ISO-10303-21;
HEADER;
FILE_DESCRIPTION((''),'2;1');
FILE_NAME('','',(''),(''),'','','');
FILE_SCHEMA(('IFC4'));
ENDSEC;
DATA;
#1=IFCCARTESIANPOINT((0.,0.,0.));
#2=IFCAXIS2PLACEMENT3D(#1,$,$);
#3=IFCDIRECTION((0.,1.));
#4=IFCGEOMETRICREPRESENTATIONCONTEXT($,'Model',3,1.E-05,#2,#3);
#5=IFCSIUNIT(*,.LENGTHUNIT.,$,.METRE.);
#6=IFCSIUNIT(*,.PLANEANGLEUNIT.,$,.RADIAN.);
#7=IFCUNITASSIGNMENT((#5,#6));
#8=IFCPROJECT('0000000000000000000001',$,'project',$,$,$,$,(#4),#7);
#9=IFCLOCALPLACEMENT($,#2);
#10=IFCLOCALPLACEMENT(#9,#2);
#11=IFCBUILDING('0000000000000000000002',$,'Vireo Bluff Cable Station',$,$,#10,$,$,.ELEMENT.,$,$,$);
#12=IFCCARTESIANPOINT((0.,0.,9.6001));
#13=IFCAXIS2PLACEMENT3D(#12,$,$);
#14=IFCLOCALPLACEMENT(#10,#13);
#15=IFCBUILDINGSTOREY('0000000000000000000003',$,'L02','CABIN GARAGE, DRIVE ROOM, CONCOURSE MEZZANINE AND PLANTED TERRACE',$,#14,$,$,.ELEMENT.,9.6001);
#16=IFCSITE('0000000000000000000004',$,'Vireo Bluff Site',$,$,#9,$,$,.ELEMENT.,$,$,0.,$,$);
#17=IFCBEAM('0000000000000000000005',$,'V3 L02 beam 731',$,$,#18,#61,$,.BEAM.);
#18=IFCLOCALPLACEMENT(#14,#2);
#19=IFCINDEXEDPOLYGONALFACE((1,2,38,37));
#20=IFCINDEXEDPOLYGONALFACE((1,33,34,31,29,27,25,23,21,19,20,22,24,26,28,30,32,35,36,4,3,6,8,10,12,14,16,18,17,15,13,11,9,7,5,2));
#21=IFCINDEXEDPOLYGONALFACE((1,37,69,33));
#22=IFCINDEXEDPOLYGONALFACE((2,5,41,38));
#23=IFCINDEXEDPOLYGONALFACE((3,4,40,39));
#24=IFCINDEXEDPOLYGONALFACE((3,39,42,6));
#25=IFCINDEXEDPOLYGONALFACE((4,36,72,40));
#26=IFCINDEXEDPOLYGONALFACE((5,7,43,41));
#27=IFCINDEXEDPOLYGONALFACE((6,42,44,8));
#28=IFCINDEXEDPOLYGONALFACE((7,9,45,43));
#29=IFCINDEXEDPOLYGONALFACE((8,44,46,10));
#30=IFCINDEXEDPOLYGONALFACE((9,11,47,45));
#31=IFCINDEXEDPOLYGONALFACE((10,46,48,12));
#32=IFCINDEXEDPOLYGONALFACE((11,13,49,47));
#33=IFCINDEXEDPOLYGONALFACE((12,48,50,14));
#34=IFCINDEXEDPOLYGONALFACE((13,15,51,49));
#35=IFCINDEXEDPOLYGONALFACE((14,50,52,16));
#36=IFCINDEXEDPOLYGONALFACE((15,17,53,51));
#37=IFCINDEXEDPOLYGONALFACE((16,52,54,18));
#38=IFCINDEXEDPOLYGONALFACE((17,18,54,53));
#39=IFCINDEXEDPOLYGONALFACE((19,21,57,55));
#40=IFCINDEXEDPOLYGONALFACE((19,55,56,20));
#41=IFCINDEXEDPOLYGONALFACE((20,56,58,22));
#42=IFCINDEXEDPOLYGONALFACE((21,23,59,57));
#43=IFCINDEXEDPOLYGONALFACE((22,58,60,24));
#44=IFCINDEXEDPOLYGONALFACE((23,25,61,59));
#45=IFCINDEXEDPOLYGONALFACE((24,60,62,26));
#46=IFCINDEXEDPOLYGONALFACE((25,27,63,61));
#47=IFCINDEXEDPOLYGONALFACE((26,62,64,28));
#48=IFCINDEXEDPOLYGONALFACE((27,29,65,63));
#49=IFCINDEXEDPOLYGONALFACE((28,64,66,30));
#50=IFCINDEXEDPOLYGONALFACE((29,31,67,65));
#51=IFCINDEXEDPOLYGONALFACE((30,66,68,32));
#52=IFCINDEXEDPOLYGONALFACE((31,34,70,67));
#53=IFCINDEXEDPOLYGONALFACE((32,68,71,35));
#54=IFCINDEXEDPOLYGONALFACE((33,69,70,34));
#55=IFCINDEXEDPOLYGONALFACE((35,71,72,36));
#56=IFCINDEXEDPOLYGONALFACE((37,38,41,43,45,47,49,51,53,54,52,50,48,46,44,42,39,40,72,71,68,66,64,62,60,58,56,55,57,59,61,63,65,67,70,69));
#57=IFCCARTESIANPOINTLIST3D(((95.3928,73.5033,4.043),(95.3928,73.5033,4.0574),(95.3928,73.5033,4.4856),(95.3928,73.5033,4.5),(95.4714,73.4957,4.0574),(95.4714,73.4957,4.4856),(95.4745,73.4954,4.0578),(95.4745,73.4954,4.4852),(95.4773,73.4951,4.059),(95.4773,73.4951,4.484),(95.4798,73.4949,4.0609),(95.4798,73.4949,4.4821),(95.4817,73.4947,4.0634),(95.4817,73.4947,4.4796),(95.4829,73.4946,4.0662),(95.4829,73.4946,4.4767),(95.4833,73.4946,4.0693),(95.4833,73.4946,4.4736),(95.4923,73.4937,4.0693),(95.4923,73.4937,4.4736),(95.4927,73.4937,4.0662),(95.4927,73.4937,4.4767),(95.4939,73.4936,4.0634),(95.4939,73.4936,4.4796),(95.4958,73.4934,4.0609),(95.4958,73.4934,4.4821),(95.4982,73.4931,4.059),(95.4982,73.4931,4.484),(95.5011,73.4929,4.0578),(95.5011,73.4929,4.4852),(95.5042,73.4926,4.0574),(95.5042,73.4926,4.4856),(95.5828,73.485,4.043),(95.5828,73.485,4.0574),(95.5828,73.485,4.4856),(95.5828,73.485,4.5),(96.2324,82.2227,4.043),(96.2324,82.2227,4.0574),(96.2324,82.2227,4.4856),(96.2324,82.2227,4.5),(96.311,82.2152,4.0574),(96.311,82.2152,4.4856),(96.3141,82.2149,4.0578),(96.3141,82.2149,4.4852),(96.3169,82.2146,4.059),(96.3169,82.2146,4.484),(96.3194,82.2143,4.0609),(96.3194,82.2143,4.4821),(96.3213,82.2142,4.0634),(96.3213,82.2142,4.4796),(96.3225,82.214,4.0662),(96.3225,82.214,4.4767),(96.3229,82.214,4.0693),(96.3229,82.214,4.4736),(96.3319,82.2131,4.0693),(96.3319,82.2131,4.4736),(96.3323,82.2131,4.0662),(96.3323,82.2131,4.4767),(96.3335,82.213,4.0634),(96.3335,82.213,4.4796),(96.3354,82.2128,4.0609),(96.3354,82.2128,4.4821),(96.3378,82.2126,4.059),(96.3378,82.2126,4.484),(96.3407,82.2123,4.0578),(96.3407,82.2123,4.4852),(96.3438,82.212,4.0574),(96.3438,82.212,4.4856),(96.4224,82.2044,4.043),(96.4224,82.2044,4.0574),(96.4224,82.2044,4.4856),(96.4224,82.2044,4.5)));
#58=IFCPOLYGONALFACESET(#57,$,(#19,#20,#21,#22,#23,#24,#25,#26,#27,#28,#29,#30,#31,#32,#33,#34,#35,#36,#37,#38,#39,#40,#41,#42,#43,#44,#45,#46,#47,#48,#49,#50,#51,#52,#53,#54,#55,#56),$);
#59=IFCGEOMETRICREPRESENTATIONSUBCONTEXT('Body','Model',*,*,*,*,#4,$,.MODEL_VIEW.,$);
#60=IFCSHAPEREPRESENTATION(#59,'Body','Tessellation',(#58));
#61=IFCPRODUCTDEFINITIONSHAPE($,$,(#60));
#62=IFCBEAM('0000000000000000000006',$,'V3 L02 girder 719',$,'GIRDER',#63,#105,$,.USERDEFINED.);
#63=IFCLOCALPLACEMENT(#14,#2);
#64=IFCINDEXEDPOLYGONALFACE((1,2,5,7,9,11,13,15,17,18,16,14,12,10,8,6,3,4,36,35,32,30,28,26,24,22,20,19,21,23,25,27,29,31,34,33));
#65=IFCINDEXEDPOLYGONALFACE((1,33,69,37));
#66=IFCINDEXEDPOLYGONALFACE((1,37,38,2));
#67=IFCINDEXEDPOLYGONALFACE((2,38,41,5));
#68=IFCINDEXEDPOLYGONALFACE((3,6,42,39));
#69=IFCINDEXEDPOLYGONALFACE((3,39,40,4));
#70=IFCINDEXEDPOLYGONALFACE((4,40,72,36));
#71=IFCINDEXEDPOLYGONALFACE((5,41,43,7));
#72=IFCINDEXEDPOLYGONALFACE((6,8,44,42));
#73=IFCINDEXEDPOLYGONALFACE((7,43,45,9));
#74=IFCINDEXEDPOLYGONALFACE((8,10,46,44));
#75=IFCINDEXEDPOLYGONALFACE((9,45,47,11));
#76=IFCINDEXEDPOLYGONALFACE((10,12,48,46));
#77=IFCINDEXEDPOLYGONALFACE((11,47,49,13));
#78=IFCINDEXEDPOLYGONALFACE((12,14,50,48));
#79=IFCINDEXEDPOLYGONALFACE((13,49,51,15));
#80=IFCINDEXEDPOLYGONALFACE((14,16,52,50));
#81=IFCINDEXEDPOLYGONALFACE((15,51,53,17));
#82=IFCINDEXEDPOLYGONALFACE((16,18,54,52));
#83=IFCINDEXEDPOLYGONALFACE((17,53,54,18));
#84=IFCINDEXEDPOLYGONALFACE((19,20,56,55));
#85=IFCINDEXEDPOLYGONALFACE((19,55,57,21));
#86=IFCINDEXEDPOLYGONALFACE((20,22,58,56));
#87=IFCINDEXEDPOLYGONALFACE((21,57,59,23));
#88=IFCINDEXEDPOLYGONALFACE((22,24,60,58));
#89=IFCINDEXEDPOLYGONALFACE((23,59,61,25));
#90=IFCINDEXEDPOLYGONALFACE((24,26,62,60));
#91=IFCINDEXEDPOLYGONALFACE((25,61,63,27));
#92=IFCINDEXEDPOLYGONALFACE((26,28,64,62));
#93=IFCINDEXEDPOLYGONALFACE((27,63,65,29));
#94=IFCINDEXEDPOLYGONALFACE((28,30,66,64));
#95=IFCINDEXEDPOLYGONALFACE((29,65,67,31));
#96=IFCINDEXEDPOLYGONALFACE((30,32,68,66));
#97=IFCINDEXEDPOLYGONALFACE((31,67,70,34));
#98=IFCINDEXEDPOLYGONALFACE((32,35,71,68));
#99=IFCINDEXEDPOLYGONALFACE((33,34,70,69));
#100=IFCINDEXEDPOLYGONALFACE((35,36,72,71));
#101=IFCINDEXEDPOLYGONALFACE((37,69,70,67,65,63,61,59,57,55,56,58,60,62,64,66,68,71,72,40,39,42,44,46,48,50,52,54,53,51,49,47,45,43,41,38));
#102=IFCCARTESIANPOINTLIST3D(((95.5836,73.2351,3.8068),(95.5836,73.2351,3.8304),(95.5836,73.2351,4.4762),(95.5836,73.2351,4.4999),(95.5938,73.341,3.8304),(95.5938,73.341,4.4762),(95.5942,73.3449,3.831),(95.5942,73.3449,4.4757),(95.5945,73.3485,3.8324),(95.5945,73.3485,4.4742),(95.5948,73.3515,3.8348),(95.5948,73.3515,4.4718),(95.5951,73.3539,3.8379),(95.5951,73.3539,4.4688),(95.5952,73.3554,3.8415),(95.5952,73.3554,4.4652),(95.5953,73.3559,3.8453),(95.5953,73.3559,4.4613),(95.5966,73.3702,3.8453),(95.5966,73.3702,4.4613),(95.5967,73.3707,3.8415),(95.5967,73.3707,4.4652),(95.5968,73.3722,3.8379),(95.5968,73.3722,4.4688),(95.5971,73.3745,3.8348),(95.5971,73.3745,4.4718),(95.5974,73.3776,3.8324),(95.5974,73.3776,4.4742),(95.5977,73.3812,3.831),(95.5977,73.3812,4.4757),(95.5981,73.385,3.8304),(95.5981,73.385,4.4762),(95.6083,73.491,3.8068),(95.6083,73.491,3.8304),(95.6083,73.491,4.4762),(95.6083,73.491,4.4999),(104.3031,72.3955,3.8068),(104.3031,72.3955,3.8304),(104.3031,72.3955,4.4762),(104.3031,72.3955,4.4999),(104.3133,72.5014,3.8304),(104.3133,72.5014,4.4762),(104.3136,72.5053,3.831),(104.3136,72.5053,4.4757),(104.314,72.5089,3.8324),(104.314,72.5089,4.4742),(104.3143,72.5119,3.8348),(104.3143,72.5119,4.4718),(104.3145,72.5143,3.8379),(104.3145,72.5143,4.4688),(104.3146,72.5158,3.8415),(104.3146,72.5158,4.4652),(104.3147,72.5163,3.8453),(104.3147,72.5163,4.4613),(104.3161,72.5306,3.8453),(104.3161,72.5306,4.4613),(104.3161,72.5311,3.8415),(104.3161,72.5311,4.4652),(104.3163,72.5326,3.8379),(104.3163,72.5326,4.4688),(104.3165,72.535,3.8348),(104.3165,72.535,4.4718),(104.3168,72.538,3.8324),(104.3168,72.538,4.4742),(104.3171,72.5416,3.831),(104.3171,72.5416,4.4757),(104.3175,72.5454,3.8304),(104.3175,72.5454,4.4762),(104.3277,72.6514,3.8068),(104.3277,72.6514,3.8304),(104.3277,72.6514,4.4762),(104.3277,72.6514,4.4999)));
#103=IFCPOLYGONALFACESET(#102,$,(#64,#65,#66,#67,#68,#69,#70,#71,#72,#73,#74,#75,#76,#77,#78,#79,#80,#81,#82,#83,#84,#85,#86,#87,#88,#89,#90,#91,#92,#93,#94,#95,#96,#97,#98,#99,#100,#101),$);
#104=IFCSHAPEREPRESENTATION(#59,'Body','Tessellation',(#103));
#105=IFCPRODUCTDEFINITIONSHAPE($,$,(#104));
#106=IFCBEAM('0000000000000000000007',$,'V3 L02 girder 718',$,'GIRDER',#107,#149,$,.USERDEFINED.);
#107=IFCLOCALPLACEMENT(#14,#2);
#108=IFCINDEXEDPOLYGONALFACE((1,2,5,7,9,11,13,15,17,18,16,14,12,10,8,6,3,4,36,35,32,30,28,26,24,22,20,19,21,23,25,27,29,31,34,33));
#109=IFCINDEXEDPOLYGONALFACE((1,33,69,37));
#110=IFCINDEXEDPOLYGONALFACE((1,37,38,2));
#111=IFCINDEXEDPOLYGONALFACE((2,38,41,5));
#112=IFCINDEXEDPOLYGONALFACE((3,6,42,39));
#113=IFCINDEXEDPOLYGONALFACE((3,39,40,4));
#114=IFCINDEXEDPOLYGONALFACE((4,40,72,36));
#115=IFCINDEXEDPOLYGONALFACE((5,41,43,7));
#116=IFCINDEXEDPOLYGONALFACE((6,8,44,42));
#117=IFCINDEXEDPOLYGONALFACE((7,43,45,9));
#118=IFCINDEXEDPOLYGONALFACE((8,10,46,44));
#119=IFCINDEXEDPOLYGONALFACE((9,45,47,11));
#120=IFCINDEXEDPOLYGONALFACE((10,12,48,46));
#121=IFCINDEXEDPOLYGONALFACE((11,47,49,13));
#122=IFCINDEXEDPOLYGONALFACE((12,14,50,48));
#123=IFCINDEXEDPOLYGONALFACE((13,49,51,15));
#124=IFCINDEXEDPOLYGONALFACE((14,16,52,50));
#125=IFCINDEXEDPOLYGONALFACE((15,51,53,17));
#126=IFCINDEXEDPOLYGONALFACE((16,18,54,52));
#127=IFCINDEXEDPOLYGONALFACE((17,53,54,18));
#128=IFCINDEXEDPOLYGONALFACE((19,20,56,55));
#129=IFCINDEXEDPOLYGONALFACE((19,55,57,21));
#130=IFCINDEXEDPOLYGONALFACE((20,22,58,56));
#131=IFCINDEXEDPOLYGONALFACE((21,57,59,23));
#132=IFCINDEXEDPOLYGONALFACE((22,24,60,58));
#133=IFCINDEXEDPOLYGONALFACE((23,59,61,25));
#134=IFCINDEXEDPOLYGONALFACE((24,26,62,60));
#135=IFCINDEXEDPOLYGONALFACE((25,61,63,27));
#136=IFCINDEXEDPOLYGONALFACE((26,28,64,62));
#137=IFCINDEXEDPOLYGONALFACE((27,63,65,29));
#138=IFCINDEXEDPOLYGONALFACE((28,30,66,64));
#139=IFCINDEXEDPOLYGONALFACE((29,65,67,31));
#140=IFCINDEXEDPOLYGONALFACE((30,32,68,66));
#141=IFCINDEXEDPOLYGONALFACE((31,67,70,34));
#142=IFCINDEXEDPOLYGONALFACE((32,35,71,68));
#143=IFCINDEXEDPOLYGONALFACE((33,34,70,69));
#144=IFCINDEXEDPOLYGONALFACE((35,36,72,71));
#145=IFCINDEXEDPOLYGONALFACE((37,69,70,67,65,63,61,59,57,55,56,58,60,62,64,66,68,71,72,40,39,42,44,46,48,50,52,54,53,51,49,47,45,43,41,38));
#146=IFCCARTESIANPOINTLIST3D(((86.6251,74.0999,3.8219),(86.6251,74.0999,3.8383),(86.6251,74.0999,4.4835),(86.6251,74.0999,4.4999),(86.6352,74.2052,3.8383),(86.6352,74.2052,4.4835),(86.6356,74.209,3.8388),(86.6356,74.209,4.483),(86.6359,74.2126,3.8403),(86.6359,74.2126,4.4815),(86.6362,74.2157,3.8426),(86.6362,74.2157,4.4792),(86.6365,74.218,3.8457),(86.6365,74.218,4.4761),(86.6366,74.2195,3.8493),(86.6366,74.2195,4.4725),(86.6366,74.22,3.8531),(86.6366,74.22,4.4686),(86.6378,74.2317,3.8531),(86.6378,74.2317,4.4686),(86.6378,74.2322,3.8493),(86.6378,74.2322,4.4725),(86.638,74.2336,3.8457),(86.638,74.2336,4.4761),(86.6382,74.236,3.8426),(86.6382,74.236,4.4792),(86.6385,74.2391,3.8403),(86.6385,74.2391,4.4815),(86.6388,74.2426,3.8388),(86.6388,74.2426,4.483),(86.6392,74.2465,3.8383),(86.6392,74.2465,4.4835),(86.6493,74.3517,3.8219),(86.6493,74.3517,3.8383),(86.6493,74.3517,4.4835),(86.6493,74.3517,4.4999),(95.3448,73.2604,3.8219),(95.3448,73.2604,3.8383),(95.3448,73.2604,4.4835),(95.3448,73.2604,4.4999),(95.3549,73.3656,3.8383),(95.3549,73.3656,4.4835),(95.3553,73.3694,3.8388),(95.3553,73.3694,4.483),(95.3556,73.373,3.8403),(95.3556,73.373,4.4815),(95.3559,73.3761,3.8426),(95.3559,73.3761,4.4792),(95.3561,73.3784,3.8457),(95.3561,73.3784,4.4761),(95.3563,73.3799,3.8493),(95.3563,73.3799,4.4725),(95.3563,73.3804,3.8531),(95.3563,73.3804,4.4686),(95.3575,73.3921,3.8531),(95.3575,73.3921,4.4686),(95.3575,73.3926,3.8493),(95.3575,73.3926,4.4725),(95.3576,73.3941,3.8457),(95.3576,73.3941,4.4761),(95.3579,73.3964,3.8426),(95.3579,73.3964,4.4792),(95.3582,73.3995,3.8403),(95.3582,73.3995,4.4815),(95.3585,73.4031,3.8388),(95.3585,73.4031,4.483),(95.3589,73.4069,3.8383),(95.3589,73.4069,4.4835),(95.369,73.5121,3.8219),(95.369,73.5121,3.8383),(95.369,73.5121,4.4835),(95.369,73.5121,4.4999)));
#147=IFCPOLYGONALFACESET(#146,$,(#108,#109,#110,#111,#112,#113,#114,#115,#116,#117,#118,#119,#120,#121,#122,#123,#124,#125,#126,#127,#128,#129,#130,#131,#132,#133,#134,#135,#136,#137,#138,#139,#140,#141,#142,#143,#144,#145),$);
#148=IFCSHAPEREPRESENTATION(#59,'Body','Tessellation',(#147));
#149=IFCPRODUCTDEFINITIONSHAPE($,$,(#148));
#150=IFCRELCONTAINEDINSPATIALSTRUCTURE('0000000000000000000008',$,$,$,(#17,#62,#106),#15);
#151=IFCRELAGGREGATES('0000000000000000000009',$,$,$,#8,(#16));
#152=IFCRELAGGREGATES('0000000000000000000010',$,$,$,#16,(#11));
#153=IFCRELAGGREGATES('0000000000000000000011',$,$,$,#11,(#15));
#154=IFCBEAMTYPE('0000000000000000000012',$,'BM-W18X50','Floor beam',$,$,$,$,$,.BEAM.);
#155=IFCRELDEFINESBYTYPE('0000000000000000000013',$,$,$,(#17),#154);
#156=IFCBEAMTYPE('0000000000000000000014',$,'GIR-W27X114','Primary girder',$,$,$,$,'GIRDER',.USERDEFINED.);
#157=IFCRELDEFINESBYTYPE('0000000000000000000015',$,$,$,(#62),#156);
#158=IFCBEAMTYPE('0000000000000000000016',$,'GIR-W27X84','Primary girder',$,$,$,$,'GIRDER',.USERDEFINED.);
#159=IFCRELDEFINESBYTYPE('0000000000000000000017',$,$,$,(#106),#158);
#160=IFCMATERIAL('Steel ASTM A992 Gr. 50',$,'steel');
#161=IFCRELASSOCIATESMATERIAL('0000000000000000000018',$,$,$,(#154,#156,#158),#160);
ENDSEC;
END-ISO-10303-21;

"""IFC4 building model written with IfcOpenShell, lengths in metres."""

from ifc_helpers import new_model, si_unit, direction, frame, origin, origin_2d, place, context, subcontext, project, spatial, i_section, extrude, material, material_profile, profile_set, type_object, element, save


model = new_model("IFC4")

# Units and contexts
model_context = context("Model", 3, precision=1e-05, world=origin(), true_north=direction((0.0, 1.0)))
body_context = subcontext(model_context, "Body", "Model", "MODEL_VIEW")
ifc_project = project(units=[si_unit("LENGTHUNIT", "METRE"), si_unit("PLANEANGLEUNIT", "RADIAN")], contexts=[model_context])

# Site, building, storey
site_placement = place(None, origin())
site = spatial("IfcSite", under=ifc_project, at=site_placement, Name="Vireo Bluff Site", CompositionType="ELEMENT", RefElevation=0.0)
building_placement = place(site_placement, origin())
building = spatial("IfcBuilding", under=site, at=building_placement, Name="Vireo Bluff Cable Station", CompositionType="ELEMENT")
storey_placement = place(building_placement, frame((0.0, 0.0, 9.6001)))
storey = spatial("IfcBuildingStorey", under=building, at=storey_placement, Name="L02", Description="CABIN GARAGE, DRIVE ROOM, CONCOURSE MEZZANINE AND PLANTED TERRACE", CompositionType="ELEMENT", Elevation=9.6001)

# Shared definitions
ifc_material_1 = material(Name="Steel ASTM A992 Gr. 50", Category="steel")

# Beams
ifc_material_profile_1 = material_profile(ifc_material_1, i_section(OverallWidth=0.1909, OverallDepth=0.457, WebThickness=0.009, FlangeThickness=0.0144, FilletRadius=0.012, at=origin_2d()), Name="W18X50")
ifc_profile_set_1 = profile_set([ifc_material_profile_1], Name="Steel ASTM A992 Gr. 50")
beam_type_1 = type_object("IfcBeamType", Name="BM-W18X50", Description="Floor beam", PredefinedType="BEAM", material=ifc_profile_set_1)
beam_1_placement = place(storey_placement, frame((95.4878, 73.4941, 4.2715), z_axis=(0.095847, 0.995396, 0.0), x_axis=(-0.995396, 0.095847, 0.0)))
element("IfcBeam", 1, at=beam_1_placement, inside=storey, type_object=beam_type_1, Name="V3 L02 beam 731", PredefinedType="BEAM", context=body_context, shape_type="SweptSolid", body=[
    extrude(i_section(OverallWidth=0.1909, OverallDepth=0.457, WebThickness=0.009, FlangeThickness=0.0144, FilletRadius=0.012, at=origin_2d()), origin(), (0.0, 0.0, 1.0), 8.7598),
])
ifc_material_profile_2 = material_profile(ifc_material_1, i_section(OverallWidth=0.2571, OverallDepth=0.6931, WebThickness=0.0144, FlangeThickness=0.0237, FilletRadius=0.0149, at=origin_2d()), Name="W27X114")
ifc_profile_set_2 = profile_set([ifc_material_profile_2], Name="Steel ASTM A992 Gr. 50")
beam_type_2 = type_object("IfcBeamType", Name="GIR-W27X114", Description="Primary girder", ElementType="GIRDER", PredefinedType="USERDEFINED", material=ifc_profile_set_2)
beam_2_placement = place(storey_placement, frame((95.5959, 73.363, 4.1533), z_axis=(0.995396, -0.095847, 0.0), x_axis=(0.095847, 0.995396, 0.0)))
element("IfcBeam", 2, at=beam_2_placement, inside=storey, type_object=beam_type_2, Name="V3 L02 girder 719", ObjectType="GIRDER", PredefinedType="USERDEFINED", context=body_context, shape_type="SweptSolid", body=[
    extrude(i_section(OverallWidth=0.2571, OverallDepth=0.6931, WebThickness=0.0144, FlangeThickness=0.0237, FilletRadius=0.0149, at=origin_2d()), origin(), (0.0, 0.0, 1.0), 8.7598),
])
ifc_material_profile_3 = material_profile(ifc_material_1, i_section(OverallWidth=0.2529, OverallDepth=0.678, WebThickness=0.0117, FlangeThickness=0.0164, FilletRadius=0.0149, at=origin_2d()), Name="W27X84")
ifc_profile_set_3 = profile_set([ifc_material_profile_3], Name="Steel ASTM A992 Gr. 50")
beam_type_3 = type_object("IfcBeamType", Name="GIR-W27X84", Description="Primary girder", ElementType="GIRDER", PredefinedType="USERDEFINED", material=ifc_profile_set_3)
beam_3_placement = place(storey_placement, frame((86.6372, 74.2258, 4.1609), z_axis=(0.995396, -0.095844, 0.0), x_axis=(0.095844, 0.995396, 0.0)))
element("IfcBeam", 3, at=beam_3_placement, inside=storey, type_object=beam_type_3, Name="V3 L02 girder 718", ObjectType="GIRDER", PredefinedType="USERDEFINED", context=body_context, shape_type="SweptSolid", body=[
    extrude(i_section(OverallWidth=0.2529, OverallDepth=0.678, WebThickness=0.0117, FlangeThickness=0.0164, FilletRadius=0.0149, at=origin_2d()), origin(), (0.0, 0.0, 1.0), 8.76),
])

save(model, "model.ifc")
